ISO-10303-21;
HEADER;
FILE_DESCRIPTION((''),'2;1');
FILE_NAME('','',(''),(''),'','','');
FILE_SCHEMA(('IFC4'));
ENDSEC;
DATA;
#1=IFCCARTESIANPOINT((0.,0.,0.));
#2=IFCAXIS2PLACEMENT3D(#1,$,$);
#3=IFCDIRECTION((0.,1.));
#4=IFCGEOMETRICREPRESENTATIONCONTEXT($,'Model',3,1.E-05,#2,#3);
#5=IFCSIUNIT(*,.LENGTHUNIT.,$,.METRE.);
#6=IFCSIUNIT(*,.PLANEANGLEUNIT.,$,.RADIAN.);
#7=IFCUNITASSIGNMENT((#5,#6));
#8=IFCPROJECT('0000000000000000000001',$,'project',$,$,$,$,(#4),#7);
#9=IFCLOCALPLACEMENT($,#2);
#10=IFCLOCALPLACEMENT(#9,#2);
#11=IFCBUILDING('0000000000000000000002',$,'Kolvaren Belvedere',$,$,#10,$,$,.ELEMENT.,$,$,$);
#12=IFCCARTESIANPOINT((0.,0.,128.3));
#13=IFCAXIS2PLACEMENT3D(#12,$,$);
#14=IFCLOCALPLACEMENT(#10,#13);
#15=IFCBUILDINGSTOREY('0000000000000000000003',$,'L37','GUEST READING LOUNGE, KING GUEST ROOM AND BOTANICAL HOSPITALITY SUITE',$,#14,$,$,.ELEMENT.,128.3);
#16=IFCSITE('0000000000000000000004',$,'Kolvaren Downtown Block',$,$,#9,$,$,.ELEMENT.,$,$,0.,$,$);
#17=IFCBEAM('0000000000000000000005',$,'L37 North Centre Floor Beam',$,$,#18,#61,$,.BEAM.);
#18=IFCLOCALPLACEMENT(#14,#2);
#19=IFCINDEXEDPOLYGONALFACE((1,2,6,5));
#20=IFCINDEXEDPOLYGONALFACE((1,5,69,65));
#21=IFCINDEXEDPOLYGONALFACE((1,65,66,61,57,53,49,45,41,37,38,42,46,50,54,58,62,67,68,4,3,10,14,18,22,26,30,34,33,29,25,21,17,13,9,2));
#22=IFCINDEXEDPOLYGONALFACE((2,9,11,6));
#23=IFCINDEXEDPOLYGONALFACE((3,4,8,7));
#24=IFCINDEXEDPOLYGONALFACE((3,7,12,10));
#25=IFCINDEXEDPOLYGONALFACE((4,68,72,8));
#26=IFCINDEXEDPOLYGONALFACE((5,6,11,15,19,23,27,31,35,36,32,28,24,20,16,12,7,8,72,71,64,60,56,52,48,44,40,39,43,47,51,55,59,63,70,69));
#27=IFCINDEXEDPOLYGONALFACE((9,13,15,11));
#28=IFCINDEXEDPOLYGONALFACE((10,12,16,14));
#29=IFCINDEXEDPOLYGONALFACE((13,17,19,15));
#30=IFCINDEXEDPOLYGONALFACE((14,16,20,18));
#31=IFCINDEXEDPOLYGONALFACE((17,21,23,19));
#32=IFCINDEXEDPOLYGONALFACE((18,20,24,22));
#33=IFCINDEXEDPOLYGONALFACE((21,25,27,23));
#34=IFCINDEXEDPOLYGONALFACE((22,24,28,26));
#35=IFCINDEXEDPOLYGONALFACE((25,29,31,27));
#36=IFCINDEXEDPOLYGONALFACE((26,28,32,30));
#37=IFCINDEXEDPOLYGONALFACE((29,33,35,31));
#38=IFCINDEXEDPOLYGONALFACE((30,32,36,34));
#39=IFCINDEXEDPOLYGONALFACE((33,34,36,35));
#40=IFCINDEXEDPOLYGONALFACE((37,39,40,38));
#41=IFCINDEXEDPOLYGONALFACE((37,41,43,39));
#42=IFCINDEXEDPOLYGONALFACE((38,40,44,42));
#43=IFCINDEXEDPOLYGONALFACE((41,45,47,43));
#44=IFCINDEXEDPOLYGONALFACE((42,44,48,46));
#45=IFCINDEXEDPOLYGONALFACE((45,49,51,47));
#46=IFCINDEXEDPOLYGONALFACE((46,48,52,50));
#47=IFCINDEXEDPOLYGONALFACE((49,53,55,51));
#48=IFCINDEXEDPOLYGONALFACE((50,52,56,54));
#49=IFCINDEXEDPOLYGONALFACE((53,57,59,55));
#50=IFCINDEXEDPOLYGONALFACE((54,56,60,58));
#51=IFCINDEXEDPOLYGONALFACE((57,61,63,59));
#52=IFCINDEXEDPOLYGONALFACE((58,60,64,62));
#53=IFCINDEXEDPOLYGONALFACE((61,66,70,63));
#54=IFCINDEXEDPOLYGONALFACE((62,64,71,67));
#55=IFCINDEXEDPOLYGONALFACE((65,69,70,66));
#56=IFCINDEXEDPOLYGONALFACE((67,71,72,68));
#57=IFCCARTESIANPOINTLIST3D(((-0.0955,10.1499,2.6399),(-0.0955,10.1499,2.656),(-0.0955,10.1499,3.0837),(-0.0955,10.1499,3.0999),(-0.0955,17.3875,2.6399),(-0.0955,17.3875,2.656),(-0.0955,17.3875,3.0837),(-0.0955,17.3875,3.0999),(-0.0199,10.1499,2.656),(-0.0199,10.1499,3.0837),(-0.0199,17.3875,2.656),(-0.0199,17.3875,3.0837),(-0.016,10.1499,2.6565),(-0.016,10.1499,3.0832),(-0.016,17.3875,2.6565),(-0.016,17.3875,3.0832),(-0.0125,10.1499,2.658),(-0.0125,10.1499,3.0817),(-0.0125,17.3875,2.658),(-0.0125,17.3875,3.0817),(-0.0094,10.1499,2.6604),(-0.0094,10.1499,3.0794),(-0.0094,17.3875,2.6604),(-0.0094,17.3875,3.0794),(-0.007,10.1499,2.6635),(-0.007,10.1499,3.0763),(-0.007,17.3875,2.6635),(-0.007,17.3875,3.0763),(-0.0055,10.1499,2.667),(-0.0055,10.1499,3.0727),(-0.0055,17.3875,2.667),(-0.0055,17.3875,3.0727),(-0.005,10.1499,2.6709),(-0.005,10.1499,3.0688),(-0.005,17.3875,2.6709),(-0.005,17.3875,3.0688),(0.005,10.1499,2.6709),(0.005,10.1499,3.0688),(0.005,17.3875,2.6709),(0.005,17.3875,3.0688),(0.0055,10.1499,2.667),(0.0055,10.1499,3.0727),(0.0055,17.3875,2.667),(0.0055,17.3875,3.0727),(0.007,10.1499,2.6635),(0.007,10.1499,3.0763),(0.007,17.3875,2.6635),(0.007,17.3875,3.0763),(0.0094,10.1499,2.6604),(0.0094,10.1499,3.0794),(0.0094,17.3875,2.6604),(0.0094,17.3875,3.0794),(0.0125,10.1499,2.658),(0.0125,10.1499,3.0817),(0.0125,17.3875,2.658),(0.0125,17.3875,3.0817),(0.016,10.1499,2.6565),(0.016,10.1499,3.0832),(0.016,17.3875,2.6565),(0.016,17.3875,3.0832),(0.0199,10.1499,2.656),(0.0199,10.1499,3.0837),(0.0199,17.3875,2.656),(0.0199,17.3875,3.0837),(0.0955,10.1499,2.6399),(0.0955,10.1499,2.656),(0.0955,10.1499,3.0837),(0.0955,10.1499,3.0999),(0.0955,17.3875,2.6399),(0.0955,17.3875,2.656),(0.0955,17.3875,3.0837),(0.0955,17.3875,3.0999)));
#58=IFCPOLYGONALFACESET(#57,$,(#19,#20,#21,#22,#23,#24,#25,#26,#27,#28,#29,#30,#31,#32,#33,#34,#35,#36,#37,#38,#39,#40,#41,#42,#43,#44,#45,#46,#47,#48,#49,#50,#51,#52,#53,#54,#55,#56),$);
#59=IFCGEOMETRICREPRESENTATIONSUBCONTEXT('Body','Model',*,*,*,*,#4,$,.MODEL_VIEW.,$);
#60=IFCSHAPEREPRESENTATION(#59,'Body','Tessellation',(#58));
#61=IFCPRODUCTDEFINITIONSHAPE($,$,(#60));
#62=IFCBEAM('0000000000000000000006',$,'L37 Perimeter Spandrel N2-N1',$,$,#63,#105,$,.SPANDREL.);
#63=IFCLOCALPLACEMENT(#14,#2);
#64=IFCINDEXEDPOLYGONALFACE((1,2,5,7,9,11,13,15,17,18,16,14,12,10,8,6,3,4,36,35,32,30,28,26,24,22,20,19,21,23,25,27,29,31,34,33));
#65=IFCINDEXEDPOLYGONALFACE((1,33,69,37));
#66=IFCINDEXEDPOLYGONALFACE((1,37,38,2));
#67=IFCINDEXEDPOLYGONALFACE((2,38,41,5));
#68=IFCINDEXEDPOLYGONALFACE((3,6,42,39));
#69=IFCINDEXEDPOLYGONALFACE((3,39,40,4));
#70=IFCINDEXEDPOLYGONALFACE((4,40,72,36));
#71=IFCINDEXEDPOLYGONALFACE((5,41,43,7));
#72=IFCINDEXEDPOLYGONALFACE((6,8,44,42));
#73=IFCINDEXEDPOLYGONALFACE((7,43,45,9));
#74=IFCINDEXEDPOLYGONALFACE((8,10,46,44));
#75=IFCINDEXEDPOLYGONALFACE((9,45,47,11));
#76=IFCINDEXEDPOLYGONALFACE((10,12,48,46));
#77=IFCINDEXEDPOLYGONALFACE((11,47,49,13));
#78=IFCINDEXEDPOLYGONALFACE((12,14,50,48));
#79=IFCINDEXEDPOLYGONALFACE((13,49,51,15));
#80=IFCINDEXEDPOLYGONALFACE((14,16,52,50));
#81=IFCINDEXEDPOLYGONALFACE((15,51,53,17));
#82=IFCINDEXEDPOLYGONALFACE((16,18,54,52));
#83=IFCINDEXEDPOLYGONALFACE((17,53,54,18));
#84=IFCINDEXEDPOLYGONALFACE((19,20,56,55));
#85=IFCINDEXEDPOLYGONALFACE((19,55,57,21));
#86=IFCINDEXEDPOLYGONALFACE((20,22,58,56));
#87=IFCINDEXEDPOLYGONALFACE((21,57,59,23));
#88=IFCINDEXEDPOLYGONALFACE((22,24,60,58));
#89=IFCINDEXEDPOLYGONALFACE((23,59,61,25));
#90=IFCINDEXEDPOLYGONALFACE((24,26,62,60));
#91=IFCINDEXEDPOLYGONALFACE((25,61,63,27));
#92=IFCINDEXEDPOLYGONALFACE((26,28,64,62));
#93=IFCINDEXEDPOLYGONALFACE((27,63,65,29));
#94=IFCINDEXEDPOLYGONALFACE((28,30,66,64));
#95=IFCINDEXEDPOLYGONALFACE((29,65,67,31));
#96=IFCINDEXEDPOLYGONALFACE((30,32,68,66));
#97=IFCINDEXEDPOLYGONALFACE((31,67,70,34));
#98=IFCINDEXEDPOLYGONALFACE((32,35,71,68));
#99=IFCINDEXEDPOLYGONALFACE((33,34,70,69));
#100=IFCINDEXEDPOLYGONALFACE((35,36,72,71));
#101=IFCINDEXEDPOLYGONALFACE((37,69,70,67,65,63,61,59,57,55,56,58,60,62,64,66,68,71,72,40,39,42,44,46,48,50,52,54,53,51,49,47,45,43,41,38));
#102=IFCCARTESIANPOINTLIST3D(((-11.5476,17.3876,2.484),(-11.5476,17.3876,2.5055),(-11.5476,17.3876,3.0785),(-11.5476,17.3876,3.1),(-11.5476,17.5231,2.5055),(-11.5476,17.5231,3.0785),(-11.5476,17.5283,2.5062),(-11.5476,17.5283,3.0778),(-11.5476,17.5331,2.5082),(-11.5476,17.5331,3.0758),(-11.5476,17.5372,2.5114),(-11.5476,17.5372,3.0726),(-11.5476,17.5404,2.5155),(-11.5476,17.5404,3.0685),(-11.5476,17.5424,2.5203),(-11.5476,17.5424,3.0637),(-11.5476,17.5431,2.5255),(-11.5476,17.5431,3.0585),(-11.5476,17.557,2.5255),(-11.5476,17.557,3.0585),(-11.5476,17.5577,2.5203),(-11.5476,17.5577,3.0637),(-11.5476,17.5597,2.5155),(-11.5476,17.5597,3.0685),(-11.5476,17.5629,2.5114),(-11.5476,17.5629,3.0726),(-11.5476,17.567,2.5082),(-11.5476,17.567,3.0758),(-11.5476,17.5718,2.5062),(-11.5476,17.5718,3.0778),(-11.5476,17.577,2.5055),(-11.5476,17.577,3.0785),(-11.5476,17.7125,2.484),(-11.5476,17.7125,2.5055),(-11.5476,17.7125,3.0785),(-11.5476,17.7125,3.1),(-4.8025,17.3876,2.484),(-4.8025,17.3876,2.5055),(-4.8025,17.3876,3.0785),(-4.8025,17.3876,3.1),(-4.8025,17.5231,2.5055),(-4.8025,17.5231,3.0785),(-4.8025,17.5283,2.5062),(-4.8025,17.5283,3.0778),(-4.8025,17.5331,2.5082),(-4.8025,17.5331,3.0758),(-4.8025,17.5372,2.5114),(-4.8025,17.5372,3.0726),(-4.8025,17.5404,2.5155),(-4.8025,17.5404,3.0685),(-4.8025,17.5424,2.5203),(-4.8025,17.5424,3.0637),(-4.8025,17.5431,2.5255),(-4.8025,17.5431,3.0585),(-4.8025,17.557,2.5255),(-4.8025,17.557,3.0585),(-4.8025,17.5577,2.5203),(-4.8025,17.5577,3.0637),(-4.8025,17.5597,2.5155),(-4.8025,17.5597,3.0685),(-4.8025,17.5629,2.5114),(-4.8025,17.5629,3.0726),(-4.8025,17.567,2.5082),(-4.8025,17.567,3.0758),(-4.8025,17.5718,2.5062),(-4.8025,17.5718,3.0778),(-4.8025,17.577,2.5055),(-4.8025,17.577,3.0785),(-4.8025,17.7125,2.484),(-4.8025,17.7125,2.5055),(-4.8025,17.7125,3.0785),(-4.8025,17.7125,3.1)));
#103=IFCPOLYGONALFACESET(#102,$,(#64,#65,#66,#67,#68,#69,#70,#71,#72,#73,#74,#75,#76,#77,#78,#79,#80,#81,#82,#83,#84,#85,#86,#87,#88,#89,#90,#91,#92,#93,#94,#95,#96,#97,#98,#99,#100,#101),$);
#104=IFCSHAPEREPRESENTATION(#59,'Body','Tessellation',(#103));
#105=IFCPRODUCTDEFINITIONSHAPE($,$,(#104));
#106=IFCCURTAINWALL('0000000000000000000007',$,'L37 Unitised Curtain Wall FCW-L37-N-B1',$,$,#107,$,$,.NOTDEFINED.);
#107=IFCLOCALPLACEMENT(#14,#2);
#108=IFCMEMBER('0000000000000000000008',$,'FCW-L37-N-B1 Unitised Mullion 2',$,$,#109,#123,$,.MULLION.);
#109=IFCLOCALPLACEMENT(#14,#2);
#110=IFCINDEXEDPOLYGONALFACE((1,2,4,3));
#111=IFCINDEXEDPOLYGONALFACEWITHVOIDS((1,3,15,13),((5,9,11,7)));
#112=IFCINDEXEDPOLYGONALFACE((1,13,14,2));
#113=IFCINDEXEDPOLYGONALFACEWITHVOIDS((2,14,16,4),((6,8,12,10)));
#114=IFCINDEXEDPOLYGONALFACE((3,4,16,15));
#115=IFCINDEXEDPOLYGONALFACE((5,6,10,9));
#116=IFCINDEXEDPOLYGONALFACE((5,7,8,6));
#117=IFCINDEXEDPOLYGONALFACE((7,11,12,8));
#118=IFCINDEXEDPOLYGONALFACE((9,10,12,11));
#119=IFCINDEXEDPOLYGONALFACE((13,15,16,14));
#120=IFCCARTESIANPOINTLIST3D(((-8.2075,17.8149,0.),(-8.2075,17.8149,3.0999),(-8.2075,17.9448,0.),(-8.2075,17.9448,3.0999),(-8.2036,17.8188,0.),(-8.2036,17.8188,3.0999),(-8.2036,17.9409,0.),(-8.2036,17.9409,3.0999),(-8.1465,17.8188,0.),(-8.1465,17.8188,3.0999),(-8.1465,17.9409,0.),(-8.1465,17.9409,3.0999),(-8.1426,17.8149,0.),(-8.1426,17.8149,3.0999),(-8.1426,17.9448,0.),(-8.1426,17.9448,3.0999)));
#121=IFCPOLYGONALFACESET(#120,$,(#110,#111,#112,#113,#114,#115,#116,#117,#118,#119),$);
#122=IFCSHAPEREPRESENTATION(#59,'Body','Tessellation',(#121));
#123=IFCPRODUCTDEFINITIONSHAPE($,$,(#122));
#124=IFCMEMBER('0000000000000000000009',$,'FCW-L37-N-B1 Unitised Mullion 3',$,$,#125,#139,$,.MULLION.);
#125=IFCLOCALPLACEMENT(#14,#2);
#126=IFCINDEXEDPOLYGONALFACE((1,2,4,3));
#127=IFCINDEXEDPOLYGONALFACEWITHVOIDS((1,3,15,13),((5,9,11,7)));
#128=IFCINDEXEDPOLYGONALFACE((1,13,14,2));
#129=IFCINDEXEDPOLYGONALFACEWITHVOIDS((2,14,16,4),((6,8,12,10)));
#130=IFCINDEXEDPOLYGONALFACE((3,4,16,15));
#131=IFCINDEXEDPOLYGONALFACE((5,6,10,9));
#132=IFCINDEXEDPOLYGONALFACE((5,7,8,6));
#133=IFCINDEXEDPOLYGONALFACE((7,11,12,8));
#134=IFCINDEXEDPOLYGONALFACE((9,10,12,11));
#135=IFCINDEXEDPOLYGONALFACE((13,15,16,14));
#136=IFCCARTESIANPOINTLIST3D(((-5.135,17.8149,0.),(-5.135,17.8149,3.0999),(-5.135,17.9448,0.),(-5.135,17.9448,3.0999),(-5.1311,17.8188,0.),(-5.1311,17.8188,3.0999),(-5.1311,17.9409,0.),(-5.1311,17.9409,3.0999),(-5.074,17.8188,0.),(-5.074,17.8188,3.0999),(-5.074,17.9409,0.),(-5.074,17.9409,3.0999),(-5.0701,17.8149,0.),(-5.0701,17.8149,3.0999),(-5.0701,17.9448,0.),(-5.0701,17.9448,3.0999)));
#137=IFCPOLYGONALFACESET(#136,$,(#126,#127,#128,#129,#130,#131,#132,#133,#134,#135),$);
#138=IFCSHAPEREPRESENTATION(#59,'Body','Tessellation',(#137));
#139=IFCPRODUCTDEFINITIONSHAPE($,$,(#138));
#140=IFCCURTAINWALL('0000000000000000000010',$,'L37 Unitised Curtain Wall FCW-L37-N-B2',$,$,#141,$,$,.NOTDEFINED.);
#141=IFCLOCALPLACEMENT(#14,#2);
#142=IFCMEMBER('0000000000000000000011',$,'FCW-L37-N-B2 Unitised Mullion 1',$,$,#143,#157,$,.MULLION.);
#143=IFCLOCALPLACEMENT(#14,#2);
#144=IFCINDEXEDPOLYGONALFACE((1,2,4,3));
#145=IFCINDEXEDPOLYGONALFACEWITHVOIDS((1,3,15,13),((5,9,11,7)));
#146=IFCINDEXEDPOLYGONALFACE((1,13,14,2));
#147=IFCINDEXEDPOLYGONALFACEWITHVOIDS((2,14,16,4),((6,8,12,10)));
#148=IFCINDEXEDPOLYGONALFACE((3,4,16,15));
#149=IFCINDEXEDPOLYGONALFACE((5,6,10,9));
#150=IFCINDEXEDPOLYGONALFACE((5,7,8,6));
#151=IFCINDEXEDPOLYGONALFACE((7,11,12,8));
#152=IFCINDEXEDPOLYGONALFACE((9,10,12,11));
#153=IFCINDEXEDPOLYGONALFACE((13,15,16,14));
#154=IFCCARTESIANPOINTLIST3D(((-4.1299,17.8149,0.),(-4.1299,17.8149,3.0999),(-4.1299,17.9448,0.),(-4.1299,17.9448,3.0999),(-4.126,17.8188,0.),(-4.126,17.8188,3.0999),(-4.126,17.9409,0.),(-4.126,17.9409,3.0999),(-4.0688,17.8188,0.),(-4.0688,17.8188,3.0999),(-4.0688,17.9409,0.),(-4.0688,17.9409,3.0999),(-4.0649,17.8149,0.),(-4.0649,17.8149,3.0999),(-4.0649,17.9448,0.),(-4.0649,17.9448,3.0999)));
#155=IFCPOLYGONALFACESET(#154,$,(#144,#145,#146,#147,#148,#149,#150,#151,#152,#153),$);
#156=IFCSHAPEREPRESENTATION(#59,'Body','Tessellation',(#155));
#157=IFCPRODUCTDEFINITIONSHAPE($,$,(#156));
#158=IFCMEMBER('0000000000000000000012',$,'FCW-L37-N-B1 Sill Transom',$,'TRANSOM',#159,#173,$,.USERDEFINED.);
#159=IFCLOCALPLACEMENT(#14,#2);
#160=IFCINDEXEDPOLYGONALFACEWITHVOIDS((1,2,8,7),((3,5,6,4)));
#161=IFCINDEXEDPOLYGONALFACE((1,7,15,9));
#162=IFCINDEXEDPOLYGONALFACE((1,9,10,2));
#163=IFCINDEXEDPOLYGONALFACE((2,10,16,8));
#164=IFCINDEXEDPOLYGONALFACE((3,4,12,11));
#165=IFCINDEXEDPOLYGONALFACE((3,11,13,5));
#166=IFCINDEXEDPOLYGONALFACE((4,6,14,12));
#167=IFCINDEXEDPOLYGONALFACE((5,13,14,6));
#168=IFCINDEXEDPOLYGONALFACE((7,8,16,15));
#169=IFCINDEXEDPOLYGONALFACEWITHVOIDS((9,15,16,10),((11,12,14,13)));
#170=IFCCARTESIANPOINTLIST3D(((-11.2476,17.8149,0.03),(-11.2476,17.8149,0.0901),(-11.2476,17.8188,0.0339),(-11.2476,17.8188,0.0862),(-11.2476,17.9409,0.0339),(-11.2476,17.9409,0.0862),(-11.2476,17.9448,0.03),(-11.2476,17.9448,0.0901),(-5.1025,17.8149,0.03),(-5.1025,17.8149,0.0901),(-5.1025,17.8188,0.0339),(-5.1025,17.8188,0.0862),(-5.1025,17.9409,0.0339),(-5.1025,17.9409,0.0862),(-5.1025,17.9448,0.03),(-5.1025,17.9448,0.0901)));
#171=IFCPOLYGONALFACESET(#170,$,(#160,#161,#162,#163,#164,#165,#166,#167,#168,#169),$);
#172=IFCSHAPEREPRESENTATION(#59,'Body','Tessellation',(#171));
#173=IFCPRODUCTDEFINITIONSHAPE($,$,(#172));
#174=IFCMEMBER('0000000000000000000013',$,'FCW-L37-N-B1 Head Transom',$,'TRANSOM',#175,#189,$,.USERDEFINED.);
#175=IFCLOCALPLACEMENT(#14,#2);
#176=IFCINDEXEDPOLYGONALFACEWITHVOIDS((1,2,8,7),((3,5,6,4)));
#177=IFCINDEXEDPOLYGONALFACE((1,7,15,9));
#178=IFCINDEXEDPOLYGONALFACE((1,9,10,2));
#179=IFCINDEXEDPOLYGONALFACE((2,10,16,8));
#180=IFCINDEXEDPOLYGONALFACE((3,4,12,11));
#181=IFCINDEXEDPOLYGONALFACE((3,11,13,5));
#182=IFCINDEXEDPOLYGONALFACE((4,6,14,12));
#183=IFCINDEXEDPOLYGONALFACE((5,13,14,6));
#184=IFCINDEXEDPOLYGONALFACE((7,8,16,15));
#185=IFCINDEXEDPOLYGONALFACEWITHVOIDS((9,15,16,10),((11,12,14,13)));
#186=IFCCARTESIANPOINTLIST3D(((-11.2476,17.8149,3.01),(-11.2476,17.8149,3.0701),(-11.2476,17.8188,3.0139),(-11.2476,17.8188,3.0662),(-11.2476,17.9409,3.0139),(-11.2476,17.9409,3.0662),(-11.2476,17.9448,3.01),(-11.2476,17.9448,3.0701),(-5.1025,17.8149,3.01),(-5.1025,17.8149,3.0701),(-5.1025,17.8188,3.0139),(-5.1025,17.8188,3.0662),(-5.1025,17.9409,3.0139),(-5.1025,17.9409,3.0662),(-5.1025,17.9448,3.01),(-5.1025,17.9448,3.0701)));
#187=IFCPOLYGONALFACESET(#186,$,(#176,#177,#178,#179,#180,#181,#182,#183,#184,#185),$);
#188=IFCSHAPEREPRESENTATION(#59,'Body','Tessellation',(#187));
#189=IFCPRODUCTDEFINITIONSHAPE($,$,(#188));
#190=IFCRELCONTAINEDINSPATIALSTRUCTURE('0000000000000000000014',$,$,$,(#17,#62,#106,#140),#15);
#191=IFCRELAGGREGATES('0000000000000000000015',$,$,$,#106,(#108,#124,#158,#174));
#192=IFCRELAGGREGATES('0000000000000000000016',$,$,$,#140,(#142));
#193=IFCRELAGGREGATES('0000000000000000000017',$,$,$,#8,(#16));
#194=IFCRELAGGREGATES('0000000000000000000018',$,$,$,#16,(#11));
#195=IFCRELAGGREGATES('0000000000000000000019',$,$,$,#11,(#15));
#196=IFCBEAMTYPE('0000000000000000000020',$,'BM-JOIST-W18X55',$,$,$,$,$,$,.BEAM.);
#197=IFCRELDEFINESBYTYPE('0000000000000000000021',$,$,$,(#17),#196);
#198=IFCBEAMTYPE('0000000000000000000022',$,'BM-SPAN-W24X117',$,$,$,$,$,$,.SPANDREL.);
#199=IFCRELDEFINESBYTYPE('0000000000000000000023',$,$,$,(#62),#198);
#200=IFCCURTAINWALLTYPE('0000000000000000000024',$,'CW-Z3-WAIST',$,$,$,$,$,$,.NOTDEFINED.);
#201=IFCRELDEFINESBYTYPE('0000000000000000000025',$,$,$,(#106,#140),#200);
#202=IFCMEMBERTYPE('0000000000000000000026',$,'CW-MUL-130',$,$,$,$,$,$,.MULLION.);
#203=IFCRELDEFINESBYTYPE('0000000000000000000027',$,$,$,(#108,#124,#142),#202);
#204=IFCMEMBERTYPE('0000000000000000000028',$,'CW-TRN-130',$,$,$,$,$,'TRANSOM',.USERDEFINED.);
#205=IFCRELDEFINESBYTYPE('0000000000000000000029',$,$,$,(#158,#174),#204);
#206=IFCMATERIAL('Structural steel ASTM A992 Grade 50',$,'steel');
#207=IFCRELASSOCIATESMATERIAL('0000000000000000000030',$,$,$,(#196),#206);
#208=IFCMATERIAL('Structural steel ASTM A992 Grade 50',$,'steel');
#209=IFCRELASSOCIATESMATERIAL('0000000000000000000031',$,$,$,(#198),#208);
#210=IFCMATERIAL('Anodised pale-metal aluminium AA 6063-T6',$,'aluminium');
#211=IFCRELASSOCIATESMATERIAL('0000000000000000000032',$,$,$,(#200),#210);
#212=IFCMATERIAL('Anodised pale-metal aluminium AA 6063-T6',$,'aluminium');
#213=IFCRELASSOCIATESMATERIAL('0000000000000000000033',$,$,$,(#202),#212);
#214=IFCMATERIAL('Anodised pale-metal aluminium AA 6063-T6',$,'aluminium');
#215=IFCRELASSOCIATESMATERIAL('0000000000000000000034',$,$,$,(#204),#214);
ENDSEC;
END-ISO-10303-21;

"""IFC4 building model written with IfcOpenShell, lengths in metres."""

from ifc_helpers import new_model, si_unit, direction, frame, origin, origin_2d, place, context, subcontext, project, spatial, hollow_rectangle, i_section, extrude, material, material_profile, profile_set, type_object, element, aggregate, save


model = new_model("IFC4")

# Units and contexts
model_context = context("Model", 3, precision=1e-05, world=origin(), true_north=direction((0.0, 1.0)))
body_context = subcontext(model_context, "Body", "Model", "MODEL_VIEW")
ifc_project = project(units=[si_unit("LENGTHUNIT", "METRE"), si_unit("PLANEANGLEUNIT", "RADIAN")], contexts=[model_context])

# Site, building, storey
site_placement = place(None, origin())
site = spatial("IfcSite", under=ifc_project, at=site_placement, Name="Kolvaren Downtown Block", CompositionType="ELEMENT", RefElevation=0.0)
building_placement = place(site_placement, origin())
building = spatial("IfcBuilding", under=site, at=building_placement, Name="Kolvaren Belvedere", CompositionType="ELEMENT")
storey_placement = place(building_placement, frame((0.0, 0.0, 128.3)))
storey = spatial("IfcBuildingStorey", under=building, at=storey_placement, Name="L37", Description="GUEST READING LOUNGE, KING GUEST ROOM AND BOTANICAL HOSPITALITY SUITE", CompositionType="ELEMENT", Elevation=128.3)

# Beams
ifc_material_1 = material(Name="Structural steel ASTM A992 Grade 50", Category="steel")
ifc_material_profile_1 = material_profile(ifc_material_1, i_section(OverallWidth=0.1909, OverallDepth=0.46, WebThickness=0.01, FlangeThickness=0.0161, FilletRadius=0.0149, at=origin_2d()), Name="W18X55")
ifc_profile_set_1 = profile_set([ifc_material_profile_1], Name="Structural steel ASTM A992 Grade 50")
beam_type_1 = type_object("IfcBeamType", Name="BM-JOIST-W18X55", PredefinedType="BEAM", material=ifc_profile_set_1)
beam_1_placement = place(storey_placement, frame((0.0, 10.1499, 2.8699), z_axis=(0.0, 1.0, 0.0), x_axis=(-1.0, 0.0, 0.0)))
element("IfcBeam", 1, at=beam_1_placement, inside=storey, type_object=beam_type_1, Name="L37 North Centre Floor Beam", PredefinedType="BEAM", context=body_context, shape_type="SweptSolid", body=[
    extrude(i_section(OverallWidth=0.1909, OverallDepth=0.46, WebThickness=0.01, FlangeThickness=0.0161, FilletRadius=0.0149, at=origin_2d()), origin(), (0.0, 0.0, 1.0), 7.2375),
])
ifc_material_2 = material(Name="Structural steel ASTM A992 Grade 50", Category="steel")
ifc_material_profile_2 = material_profile(ifc_material_2, i_section(OverallWidth=0.325, OverallDepth=0.616, WebThickness=0.0139, FlangeThickness=0.0215, FilletRadius=0.02, at=origin_2d()), Name="W24X117")
ifc_profile_set_2 = profile_set([ifc_material_profile_2], Name="Structural steel ASTM A992 Grade 50")
beam_type_2 = type_object("IfcBeamType", Name="BM-SPAN-W24X117", PredefinedType="SPANDREL", material=ifc_profile_set_2)
beam_2_placement = place(storey_placement, frame((-4.8025, 17.55, 2.792), z_axis=(-1.0, 0.0, 0.0), x_axis=(0.0, -1.0, 0.0)))
element("IfcBeam", 2, at=beam_2_placement, inside=storey, type_object=beam_type_2, Name="L37 Perimeter Spandrel N2-N1", PredefinedType="SPANDREL", context=body_context, shape_type="SweptSolid", body=[
    extrude(i_section(OverallWidth=0.325, OverallDepth=0.616, WebThickness=0.0139, FlangeThickness=0.0215, FilletRadius=0.02, at=origin_2d()), origin(), (0.0, 0.0, 1.0), 6.7451),
])

# Curtain wall, members
ifc_material_3 = material(Name="Anodised pale-metal aluminium AA 6063-T6", Category="aluminium")
curtain_wall_type = type_object("IfcCurtainWallType", Name="CW-Z3-WAIST", PredefinedType="NOTDEFINED", material=ifc_material_3)
curtain_wall_1_placement = place(storey_placement, origin())
curtain_wall_1 = element("IfcCurtainWall", 3, at=curtain_wall_1_placement, inside=storey, type_object=curtain_wall_type, Name="L37 Unitised Curtain Wall FCW-L37-N-B1", PredefinedType="NOTDEFINED")
ifc_material_4 = material(Name="Anodised pale-metal aluminium AA 6063-T6", Category="aluminium")
ifc_material_profile_3 = material_profile(ifc_material_4, hollow_rectangle(XDim=0.0649, YDim=0.1299, WallThickness=0.0039, at=origin_2d()), Name="ALU-MUL-130X65")
ifc_profile_set_3 = profile_set([ifc_material_profile_3], Name="Anodised pale-metal aluminium AA 6063-T6")
member_type_1 = type_object("IfcMemberType", Name="CW-MUL-130", PredefinedType="MULLION", material=ifc_profile_set_3)
member_1_placement = place(storey_placement, frame((-8.175, 17.8799, 0.0), z_axis=(0.0, 0.0, 1.0), x_axis=(1.0, 0.0, 0.0)))
member_1 = element("IfcMember", 4, at=member_1_placement, type_object=member_type_1, Name="FCW-L37-N-B1 Unitised Mullion 2", PredefinedType="MULLION", context=body_context, shape_type="SweptSolid", body=[
    extrude(hollow_rectangle(XDim=0.0649, YDim=0.1299, WallThickness=0.0039, at=origin_2d()), origin(), (0.0, 0.0, 1.0), 3.0999),
])
member_2_placement = place(storey_placement, frame((-5.1025, 17.8799, 0.0), z_axis=(0.0, 0.0, 1.0), x_axis=(1.0, 0.0, 0.0)))
member_2 = element("IfcMember", 5, at=member_2_placement, type_object=member_type_1, Name="FCW-L37-N-B1 Unitised Mullion 3", PredefinedType="MULLION", context=body_context, shape_type="SweptSolid", body=[
    extrude(hollow_rectangle(XDim=0.0649, YDim=0.1299, WallThickness=0.0039, at=origin_2d()), origin(), (0.0, 0.0, 1.0), 3.0999),
])

# Curtain wall, member
curtain_wall_2_placement = place(storey_placement, origin())
curtain_wall_2 = element("IfcCurtainWall", 6, at=curtain_wall_2_placement, inside=storey, type_object=curtain_wall_type, Name="L37 Unitised Curtain Wall FCW-L37-N-B2", PredefinedType="NOTDEFINED")
member_3_placement = place(storey_placement, frame((-4.0974, 17.8799, 0.0), z_axis=(0.0, 0.0, 1.0), x_axis=(1.0, 0.0, 0.0)))
member_3 = element("IfcMember", 7, at=member_3_placement, type_object=member_type_1, Name="FCW-L37-N-B2 Unitised Mullion 1", PredefinedType="MULLION", context=body_context, shape_type="SweptSolid", body=[
    extrude(hollow_rectangle(XDim=0.0649, YDim=0.1299, WallThickness=0.0039, at=origin_2d()), origin(), (0.0, 0.0, 1.0), 3.0999),
])

# Members
ifc_material_5 = material(Name="Anodised pale-metal aluminium AA 6063-T6", Category="aluminium")
ifc_material_profile_4 = material_profile(ifc_material_5, hollow_rectangle(XDim=0.0601, YDim=0.1299, WallThickness=0.0039, at=origin_2d()), Name="ALU-TRN-130X60")
ifc_profile_set_4 = profile_set([ifc_material_profile_4], Name="Anodised pale-metal aluminium AA 6063-T6")
member_type_2 = type_object("IfcMemberType", Name="CW-TRN-130", ElementType="TRANSOM", PredefinedType="USERDEFINED", material=ifc_profile_set_4)
member_4_placement = place(storey_placement, frame((-11.2476, 17.8799, 0.0601), z_axis=(1.0, 0.0, 0.0), x_axis=(0.0, 0.0, 1.0)))
member_4 = element("IfcMember", 8, at=member_4_placement, type_object=member_type_2, Name="FCW-L37-N-B1 Sill Transom", ObjectType="TRANSOM", PredefinedType="USERDEFINED", context=body_context, shape_type="SweptSolid", body=[
    extrude(hollow_rectangle(XDim=0.0601, YDim=0.1299, WallThickness=0.0039, at=origin_2d()), origin(), (0.0, 0.0, 1.0), 6.145),
])
member_5_placement = place(storey_placement, frame((-11.2476, 17.8799, 3.04), z_axis=(1.0, 0.0, 0.0), x_axis=(0.0, 0.0, 1.0)))
member_5 = element("IfcMember", 9, at=member_5_placement, type_object=member_type_2, Name="FCW-L37-N-B1 Head Transom", ObjectType="TRANSOM", PredefinedType="USERDEFINED", context=body_context, shape_type="SweptSolid", body=[
    extrude(hollow_rectangle(XDim=0.0601, YDim=0.1299, WallThickness=0.0039, at=origin_2d()), origin(), (0.0, 0.0, 1.0), 6.145),
])

aggregate(curtain_wall_1, [member_1, member_2, member_4, member_5])
aggregate(curtain_wall_2, [member_3])

save(model, "model.ifc")
